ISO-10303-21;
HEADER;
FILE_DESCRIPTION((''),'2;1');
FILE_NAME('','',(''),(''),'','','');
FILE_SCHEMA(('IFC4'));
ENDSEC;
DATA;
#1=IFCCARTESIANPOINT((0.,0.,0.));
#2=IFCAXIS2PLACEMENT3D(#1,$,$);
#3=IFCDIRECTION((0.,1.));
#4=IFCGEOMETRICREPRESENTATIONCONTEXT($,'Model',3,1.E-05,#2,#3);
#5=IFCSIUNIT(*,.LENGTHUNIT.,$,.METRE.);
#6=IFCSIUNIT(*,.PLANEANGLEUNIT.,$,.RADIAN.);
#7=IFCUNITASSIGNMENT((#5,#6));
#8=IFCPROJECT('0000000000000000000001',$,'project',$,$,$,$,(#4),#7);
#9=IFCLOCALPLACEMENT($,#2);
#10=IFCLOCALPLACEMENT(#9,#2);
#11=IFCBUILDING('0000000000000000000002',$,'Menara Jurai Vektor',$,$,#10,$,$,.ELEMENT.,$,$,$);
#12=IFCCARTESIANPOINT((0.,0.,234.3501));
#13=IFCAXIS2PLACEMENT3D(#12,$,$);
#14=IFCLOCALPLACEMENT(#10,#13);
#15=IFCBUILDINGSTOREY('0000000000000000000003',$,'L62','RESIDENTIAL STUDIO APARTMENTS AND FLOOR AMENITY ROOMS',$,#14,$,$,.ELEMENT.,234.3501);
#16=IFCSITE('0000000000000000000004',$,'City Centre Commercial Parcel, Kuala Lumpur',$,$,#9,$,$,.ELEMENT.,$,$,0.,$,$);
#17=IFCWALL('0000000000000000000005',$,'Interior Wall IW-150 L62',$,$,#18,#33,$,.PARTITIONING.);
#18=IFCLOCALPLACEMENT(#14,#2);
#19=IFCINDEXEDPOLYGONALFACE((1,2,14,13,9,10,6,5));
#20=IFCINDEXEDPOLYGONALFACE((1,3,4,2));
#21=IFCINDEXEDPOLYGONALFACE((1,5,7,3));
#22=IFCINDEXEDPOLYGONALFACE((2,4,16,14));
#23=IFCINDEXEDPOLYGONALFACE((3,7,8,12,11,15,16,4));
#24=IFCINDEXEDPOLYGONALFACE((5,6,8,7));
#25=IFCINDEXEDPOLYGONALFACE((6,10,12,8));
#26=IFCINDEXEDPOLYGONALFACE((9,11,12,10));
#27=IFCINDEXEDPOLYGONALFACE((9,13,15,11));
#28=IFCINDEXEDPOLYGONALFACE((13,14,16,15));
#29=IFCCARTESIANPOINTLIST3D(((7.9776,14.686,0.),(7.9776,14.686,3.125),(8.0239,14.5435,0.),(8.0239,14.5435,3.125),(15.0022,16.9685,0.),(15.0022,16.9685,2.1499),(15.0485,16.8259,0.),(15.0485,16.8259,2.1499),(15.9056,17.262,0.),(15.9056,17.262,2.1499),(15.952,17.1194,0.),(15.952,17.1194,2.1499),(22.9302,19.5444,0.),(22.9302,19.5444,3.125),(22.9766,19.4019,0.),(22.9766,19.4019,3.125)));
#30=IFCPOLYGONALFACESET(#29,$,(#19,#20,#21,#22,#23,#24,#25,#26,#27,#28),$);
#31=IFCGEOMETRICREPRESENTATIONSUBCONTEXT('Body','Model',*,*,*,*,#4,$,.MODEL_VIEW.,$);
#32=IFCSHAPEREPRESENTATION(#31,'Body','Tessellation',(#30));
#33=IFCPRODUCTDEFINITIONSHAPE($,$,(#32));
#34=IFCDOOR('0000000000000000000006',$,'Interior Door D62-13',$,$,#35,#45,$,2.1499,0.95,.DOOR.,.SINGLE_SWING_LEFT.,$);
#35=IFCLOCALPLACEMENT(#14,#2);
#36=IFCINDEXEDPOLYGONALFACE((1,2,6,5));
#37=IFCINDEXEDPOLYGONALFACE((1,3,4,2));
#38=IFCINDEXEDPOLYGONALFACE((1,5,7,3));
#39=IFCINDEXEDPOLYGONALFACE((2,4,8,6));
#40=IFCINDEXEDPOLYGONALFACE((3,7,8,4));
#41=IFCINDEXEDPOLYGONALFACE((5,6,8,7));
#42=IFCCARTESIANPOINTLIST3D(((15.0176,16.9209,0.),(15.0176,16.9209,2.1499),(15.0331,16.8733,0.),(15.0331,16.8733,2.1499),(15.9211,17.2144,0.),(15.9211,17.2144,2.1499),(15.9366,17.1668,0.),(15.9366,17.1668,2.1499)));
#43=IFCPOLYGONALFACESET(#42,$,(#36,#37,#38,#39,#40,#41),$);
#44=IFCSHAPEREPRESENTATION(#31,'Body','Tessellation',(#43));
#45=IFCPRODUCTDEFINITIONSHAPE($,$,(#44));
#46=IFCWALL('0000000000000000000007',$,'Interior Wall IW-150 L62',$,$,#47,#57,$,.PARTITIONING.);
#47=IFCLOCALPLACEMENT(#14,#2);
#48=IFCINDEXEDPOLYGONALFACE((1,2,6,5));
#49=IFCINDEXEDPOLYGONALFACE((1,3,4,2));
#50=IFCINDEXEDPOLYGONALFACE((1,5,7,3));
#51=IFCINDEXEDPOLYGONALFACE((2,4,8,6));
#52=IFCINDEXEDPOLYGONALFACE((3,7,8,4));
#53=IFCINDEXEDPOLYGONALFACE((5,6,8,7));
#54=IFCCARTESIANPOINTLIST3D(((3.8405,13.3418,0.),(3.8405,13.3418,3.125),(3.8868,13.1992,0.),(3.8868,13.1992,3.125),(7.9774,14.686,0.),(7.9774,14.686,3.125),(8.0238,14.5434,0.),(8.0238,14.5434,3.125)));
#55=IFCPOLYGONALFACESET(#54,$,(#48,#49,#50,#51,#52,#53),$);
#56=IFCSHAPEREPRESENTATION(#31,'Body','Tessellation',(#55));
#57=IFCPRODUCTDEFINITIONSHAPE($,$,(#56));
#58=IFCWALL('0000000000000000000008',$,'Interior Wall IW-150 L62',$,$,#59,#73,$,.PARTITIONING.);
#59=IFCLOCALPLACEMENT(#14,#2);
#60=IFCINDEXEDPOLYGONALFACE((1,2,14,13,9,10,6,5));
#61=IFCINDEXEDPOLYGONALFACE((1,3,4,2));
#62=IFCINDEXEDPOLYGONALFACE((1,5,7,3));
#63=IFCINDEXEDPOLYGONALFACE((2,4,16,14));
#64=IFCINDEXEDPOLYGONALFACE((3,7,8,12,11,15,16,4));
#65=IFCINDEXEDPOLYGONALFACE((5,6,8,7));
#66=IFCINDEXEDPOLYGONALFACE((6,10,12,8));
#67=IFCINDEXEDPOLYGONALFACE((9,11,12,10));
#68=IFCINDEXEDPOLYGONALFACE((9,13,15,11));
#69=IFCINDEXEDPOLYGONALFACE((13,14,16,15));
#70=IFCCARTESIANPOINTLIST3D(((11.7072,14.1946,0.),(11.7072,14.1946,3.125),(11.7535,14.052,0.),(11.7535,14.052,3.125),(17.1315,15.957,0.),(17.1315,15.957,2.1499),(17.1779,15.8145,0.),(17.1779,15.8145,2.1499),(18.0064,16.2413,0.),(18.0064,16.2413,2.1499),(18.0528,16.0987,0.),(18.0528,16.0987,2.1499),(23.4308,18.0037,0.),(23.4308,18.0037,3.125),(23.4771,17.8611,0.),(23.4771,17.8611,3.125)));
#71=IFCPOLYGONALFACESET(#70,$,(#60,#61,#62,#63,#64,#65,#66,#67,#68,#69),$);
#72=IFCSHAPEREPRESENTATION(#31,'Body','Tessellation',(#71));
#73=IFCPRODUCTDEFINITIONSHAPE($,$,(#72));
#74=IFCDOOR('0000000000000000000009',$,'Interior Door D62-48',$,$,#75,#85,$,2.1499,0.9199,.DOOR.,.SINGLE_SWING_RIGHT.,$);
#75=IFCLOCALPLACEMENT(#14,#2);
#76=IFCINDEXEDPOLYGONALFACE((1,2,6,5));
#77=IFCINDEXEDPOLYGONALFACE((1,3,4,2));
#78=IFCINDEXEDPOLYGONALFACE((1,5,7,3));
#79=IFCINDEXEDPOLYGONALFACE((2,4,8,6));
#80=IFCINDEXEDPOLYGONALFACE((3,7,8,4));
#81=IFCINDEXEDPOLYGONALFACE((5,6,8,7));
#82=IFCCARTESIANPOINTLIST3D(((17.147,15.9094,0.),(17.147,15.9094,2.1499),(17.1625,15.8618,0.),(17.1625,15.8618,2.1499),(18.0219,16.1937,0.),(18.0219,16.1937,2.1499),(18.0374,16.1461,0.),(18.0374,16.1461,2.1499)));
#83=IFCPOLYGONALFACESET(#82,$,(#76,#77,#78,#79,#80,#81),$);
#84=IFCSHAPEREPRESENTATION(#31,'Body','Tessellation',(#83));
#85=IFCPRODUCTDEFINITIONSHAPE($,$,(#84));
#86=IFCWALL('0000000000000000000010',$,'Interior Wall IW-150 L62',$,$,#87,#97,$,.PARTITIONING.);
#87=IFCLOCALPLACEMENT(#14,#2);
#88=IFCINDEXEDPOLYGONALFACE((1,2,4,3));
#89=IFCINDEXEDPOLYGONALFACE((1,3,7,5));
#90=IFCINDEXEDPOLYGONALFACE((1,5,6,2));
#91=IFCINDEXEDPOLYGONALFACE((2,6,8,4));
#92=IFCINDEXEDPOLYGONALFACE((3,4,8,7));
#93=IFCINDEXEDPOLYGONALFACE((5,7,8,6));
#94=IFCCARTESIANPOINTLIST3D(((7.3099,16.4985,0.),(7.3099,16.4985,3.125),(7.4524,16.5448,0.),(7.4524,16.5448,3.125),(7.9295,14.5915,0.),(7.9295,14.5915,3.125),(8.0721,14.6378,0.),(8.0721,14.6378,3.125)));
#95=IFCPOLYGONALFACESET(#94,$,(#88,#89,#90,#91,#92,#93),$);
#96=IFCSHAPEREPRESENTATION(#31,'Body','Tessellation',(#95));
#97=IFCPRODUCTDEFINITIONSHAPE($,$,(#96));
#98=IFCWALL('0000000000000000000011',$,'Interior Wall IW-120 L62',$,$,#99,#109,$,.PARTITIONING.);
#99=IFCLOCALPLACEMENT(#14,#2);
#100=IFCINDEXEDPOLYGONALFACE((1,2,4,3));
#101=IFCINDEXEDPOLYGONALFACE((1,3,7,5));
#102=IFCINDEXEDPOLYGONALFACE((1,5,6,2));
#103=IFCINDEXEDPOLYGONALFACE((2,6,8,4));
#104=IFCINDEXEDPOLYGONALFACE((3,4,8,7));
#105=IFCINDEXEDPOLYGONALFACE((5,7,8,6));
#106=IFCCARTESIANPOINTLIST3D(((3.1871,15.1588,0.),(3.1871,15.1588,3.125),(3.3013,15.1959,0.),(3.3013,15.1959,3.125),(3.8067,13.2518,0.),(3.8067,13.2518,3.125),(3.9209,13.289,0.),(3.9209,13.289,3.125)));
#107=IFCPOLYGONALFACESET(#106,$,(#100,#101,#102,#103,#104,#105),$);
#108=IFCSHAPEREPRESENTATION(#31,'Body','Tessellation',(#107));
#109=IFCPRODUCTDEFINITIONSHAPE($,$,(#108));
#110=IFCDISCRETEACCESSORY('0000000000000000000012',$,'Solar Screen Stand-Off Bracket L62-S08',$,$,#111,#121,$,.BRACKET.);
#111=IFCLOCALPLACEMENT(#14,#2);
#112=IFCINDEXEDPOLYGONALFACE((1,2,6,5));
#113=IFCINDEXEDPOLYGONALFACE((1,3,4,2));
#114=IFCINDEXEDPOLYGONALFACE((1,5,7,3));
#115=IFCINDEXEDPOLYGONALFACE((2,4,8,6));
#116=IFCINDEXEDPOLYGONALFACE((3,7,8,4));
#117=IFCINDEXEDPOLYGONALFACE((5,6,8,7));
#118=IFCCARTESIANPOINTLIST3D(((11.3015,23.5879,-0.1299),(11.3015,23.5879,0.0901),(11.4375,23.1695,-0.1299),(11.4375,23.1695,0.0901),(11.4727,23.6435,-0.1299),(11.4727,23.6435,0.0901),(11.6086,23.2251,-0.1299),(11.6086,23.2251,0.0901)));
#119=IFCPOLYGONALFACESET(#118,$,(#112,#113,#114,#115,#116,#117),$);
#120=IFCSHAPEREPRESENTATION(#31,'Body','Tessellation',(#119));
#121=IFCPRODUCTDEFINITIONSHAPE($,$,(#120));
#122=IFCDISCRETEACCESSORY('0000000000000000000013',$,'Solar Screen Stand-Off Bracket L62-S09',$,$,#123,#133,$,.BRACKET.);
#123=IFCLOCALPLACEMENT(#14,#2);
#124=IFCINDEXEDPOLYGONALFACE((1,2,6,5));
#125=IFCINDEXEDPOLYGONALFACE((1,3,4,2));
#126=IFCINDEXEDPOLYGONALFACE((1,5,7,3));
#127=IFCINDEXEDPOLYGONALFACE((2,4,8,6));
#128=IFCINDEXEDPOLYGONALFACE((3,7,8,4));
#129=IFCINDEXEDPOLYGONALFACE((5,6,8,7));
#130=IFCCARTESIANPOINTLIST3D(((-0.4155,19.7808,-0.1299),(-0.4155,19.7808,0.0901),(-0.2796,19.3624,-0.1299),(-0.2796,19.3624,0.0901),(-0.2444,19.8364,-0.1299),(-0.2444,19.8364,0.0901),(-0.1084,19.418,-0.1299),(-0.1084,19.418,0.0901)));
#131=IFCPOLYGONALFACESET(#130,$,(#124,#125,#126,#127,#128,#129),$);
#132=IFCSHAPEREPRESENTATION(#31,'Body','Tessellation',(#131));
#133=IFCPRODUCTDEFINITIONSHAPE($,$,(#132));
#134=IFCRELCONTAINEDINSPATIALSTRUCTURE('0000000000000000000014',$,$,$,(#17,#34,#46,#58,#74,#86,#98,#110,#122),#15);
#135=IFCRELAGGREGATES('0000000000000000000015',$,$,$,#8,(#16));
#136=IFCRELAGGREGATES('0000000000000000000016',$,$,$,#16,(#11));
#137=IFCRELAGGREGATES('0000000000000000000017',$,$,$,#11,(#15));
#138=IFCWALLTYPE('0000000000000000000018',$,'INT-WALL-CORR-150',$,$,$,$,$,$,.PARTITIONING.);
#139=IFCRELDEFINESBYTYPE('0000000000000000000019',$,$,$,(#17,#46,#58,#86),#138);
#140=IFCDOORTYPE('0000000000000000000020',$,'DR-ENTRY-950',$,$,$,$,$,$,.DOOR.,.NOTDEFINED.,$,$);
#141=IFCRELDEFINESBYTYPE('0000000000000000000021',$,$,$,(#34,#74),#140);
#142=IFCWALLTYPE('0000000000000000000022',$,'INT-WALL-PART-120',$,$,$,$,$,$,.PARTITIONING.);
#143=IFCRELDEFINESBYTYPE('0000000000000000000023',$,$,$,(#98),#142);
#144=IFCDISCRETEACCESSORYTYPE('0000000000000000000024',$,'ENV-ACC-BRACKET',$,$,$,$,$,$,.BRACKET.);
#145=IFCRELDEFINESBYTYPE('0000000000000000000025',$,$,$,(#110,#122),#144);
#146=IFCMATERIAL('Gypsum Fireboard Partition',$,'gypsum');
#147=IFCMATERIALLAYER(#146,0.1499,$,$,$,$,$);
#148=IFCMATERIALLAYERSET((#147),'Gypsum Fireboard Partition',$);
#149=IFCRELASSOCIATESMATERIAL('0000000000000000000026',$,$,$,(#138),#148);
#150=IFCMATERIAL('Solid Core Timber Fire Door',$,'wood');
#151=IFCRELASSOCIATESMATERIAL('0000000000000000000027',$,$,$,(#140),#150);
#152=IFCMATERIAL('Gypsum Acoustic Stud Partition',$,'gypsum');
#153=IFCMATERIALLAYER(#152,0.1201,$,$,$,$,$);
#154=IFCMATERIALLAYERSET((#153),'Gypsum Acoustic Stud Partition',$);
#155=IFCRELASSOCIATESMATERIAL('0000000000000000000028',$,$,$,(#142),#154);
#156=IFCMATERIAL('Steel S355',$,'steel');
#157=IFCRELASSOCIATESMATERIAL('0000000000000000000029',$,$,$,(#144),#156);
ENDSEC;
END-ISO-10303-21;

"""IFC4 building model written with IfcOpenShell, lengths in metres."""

from ifc_helpers import new_model, si_unit, direction, frame, frame_2d, origin, origin_2d, place, context, subcontext, project, spatial, rectangle, extrude, material, layer, layer_set, type_object, element, fill, save


model = new_model("IFC4")

# Units and contexts
model_context = context("Model", 3, precision=1e-05, world=origin(), true_north=direction((0.0, 1.0)))
body_context = subcontext(model_context, "Body", "Model", "MODEL_VIEW")
ifc_project = project(units=[si_unit("LENGTHUNIT", "METRE"), si_unit("PLANEANGLEUNIT", "RADIAN")], contexts=[model_context])

# Site, building, storey
site_placement = place(None, origin())
site = spatial("IfcSite", under=ifc_project, at=site_placement, Name="City Centre Commercial Parcel, Kuala Lumpur", CompositionType="ELEMENT", RefElevation=0.0)
building_placement = place(site_placement, origin())
building = spatial("IfcBuilding", under=site, at=building_placement, Name="Menara Jurai Vektor", CompositionType="ELEMENT")
storey_placement = place(building_placement, frame((0.0, 0.0, 234.3501)))
storey = spatial("IfcBuildingStorey", under=building, at=storey_placement, Name="L62", Description="RESIDENTIAL STUDIO APARTMENTS AND FLOOR AMENITY ROOMS", CompositionType="ELEMENT", Elevation=234.3501)

# Shared definitions
ifc_material_1 = material(Name="Steel S355", Category="steel")

# Wall, opening, door
ifc_material_2 = material(Name="Gypsum Fireboard Partition", Category="gypsum")
ifc_layer_1 = layer(ifc_material_2, 0.1499)
ifc_layer_set_1 = layer_set([ifc_layer_1], Name="Gypsum Fireboard Partition")
wall_type_1 = type_object("IfcWallType", Name="INT-WALL-CORR-150", PredefinedType="PARTITIONING", material=ifc_layer_set_1)
wall_1_placement = place(storey_placement, frame((8.0007, 14.6147, 0.0), z_axis=(0.0, 0.0, 1.0), x_axis=(0.951057, 0.309017, 0.0)))
wall_1 = element("IfcWall", 1, at=wall_1_placement, inside=storey, type_object=wall_type_1, Name="Interior Wall IW-150 L62", PredefinedType="PARTITIONING", context=body_context, shape_type="SweptSolid", body=[
    extrude(rectangle(XDim=15.7222, YDim=0.1499, at=frame_2d((7.8611, 0.0))), origin(), (0.0, 0.0, 1.0), 3.125),
])
opening_1_placement = place(wall_1_placement, frame((7.386, 0.0, 0.0)))
opening_1 = element("IfcOpeningElement", 2, at=opening_1_placement, cuts=wall_1, PredefinedType="OPENING", context=body_context, shape_type="SweptSolid", body=[
    extrude(rectangle(XDim=0.95, YDim=2.1499, at=frame_2d((0.4751, 1.075))), frame((0.0, 0.085, 0.0), z_axis=(0.0, -1.0, 0.0), x_axis=(1.0, 0.0, 0.0)), (0.0, 0.0, 1.0), 0.1699),
])
ifc_material_3 = material(Name="Solid Core Timber Fire Door", Category="wood")
door_type_1 = type_object("IfcDoorType", Name="DR-ENTRY-950", OperationType="NOTDEFINED", PredefinedType="DOOR", material=ifc_material_3)
door_1_placement = place(opening_1_placement, origin())
door_1 = element("IfcDoor", 3, at=door_1_placement, inside=storey, type_object=door_type_1, Name="Interior Door D62-13", OperationType="SINGLE_SWING_LEFT", OverallHeight=2.1499, OverallWidth=0.95, PredefinedType="DOOR", context=body_context, shape_type="SweptSolid", body=[
    extrude(rectangle(XDim=0.95, YDim=2.1499, at=frame_2d((0.4751, 1.075))), frame((0.0, 0.0249, 0.0), z_axis=(0.0, -1.0, 0.0), x_axis=(1.0, 0.0, 0.0)), (0.0, 0.0, 1.0), 0.05),
])
fill(opening_1, door_1)

# Wall
wall_2_placement = place(storey_placement, frame((3.8638, 13.2705, 0.0), z_axis=(0.0, 0.0, 1.0), x_axis=(0.951053, 0.309029, 0.0)))
element("IfcWall", 4, at=wall_2_placement, inside=storey, type_object=wall_type_1, Name="Interior Wall IW-150 L62", PredefinedType="PARTITIONING", context=body_context, shape_type="SweptSolid", body=[
    extrude(rectangle(XDim=4.3499, YDim=0.1499, at=frame_2d((2.1748, 0.0))), origin(), (0.0, 0.0, 1.0), 3.125),
])

# Wall, opening, door
wall_3_placement = place(storey_placement, frame((11.7302, 14.1233, 0.0), z_axis=(0.0, 0.0, 1.0), x_axis=(0.95106, 0.309005, 0.0)))
wall_3 = element("IfcWall", 5, at=wall_3_placement, inside=storey, type_object=wall_type_1, Name="Interior Wall IW-150 L62", PredefinedType="PARTITIONING", context=body_context, shape_type="SweptSolid", body=[
    extrude(rectangle(XDim=12.3269, YDim=0.1499, at=frame_2d((6.1636, 0.0))), origin(), (0.0, 0.0, 1.0), 3.125),
])
opening_2_placement = place(wall_3_placement, frame((5.7036, 0.0, 0.0)))
opening_2 = element("IfcOpeningElement", 6, at=opening_2_placement, cuts=wall_3, PredefinedType="OPENING", context=body_context, shape_type="SweptSolid", body=[
    extrude(rectangle(XDim=0.9199, YDim=2.1499, at=frame_2d((0.46, 1.075))), frame((0.0, 0.085, 0.0), z_axis=(0.0, -1.0, 0.0), x_axis=(1.0, 0.0, 0.0)), (0.0, 0.0, 1.0), 0.1699),
])
door_2_placement = place(opening_2_placement, origin())
door_2 = element("IfcDoor", 7, at=door_2_placement, inside=storey, type_object=door_type_1, Name="Interior Door D62-48", OperationType="SINGLE_SWING_RIGHT", OverallHeight=2.1499, OverallWidth=0.9199, PredefinedType="DOOR", context=body_context, shape_type="SweptSolid", body=[
    extrude(rectangle(XDim=0.9199, YDim=2.1499, at=frame_2d((0.46, 1.075))), frame((0.0, 0.0249, 0.0), z_axis=(0.0, -1.0, 0.0), x_axis=(1.0, 0.0, 0.0)), (0.0, 0.0, 1.0), 0.05),
])
fill(opening_2, door_2)

# Walls
wall_4_placement = place(storey_placement, frame((8.0007, 14.6147, 0.0), z_axis=(0.0, 0.0, 1.0), x_axis=(-0.309023, 0.951055, 0.0)))
element("IfcWall", 8, at=wall_4_placement, inside=storey, type_object=wall_type_1, Name="Interior Wall IW-150 L62", PredefinedType="PARTITIONING", context=body_context, shape_type="SweptSolid", body=[
    extrude(rectangle(XDim=2.0051, YDim=0.1499, at=frame_2d((1.0024, 0.0))), origin(), (0.0, 0.0, 1.0), 3.125),
])
ifc_material_4 = material(Name="Gypsum Acoustic Stud Partition", Category="gypsum")
ifc_layer_2 = layer(ifc_material_4, 0.1201)
ifc_layer_set_2 = layer_set([ifc_layer_2], Name="Gypsum Acoustic Stud Partition")
wall_type_2 = type_object("IfcWallType", Name="INT-WALL-PART-120", PredefinedType="PARTITIONING", material=ifc_layer_set_2)
wall_5_placement = place(storey_placement, frame((3.8638, 13.2705, 0.0), z_axis=(0.0, 0.0, 1.0), x_axis=(-0.309023, 0.951055, 0.0)))
element("IfcWall", 9, at=wall_5_placement, inside=storey, type_object=wall_type_2, Name="Interior Wall IW-120 L62", PredefinedType="PARTITIONING", context=body_context, shape_type="SweptSolid", body=[
    extrude(rectangle(XDim=2.0051, YDim=0.1201, at=frame_2d((1.0024, 0.0))), origin(), (0.0, 0.0, 1.0), 3.125),
])

# Discrete accessories
discrete_accessory_type = type_object("IfcDiscreteAccessoryType", Name="ENV-ACC-BRACKET", PredefinedType="BRACKET", material=ifc_material_1)
for number, where, z_axis, x_axis, name in (
    (10, (11.4551, 23.4065, -0.1299), (0.0, 0.0, 1.0), (-0.951057, -0.309017, 0.0), "Solar Screen Stand-Off Bracket L62-S08"),
    (11, (-0.262, 19.5994, -0.1299), (0.0, 0.0, 1.0), (-0.951057, -0.309017, 0.0), "Solar Screen Stand-Off Bracket L62-S09"),
):
    element("IfcDiscreteAccessory", number, at=place(storey_placement, frame(where, z_axis=z_axis, x_axis=x_axis)), inside=storey, type_object=discrete_accessory_type, Name=name, PredefinedType="BRACKET", context=body_context, shape_type="SweptSolid", body=[
        extrude(rectangle(XDim=0.1799, YDim=0.4399, at=origin_2d()), origin(), (0.0, 0.0, 1.0), 0.22),
    ])

save(model, "model.ifc")
